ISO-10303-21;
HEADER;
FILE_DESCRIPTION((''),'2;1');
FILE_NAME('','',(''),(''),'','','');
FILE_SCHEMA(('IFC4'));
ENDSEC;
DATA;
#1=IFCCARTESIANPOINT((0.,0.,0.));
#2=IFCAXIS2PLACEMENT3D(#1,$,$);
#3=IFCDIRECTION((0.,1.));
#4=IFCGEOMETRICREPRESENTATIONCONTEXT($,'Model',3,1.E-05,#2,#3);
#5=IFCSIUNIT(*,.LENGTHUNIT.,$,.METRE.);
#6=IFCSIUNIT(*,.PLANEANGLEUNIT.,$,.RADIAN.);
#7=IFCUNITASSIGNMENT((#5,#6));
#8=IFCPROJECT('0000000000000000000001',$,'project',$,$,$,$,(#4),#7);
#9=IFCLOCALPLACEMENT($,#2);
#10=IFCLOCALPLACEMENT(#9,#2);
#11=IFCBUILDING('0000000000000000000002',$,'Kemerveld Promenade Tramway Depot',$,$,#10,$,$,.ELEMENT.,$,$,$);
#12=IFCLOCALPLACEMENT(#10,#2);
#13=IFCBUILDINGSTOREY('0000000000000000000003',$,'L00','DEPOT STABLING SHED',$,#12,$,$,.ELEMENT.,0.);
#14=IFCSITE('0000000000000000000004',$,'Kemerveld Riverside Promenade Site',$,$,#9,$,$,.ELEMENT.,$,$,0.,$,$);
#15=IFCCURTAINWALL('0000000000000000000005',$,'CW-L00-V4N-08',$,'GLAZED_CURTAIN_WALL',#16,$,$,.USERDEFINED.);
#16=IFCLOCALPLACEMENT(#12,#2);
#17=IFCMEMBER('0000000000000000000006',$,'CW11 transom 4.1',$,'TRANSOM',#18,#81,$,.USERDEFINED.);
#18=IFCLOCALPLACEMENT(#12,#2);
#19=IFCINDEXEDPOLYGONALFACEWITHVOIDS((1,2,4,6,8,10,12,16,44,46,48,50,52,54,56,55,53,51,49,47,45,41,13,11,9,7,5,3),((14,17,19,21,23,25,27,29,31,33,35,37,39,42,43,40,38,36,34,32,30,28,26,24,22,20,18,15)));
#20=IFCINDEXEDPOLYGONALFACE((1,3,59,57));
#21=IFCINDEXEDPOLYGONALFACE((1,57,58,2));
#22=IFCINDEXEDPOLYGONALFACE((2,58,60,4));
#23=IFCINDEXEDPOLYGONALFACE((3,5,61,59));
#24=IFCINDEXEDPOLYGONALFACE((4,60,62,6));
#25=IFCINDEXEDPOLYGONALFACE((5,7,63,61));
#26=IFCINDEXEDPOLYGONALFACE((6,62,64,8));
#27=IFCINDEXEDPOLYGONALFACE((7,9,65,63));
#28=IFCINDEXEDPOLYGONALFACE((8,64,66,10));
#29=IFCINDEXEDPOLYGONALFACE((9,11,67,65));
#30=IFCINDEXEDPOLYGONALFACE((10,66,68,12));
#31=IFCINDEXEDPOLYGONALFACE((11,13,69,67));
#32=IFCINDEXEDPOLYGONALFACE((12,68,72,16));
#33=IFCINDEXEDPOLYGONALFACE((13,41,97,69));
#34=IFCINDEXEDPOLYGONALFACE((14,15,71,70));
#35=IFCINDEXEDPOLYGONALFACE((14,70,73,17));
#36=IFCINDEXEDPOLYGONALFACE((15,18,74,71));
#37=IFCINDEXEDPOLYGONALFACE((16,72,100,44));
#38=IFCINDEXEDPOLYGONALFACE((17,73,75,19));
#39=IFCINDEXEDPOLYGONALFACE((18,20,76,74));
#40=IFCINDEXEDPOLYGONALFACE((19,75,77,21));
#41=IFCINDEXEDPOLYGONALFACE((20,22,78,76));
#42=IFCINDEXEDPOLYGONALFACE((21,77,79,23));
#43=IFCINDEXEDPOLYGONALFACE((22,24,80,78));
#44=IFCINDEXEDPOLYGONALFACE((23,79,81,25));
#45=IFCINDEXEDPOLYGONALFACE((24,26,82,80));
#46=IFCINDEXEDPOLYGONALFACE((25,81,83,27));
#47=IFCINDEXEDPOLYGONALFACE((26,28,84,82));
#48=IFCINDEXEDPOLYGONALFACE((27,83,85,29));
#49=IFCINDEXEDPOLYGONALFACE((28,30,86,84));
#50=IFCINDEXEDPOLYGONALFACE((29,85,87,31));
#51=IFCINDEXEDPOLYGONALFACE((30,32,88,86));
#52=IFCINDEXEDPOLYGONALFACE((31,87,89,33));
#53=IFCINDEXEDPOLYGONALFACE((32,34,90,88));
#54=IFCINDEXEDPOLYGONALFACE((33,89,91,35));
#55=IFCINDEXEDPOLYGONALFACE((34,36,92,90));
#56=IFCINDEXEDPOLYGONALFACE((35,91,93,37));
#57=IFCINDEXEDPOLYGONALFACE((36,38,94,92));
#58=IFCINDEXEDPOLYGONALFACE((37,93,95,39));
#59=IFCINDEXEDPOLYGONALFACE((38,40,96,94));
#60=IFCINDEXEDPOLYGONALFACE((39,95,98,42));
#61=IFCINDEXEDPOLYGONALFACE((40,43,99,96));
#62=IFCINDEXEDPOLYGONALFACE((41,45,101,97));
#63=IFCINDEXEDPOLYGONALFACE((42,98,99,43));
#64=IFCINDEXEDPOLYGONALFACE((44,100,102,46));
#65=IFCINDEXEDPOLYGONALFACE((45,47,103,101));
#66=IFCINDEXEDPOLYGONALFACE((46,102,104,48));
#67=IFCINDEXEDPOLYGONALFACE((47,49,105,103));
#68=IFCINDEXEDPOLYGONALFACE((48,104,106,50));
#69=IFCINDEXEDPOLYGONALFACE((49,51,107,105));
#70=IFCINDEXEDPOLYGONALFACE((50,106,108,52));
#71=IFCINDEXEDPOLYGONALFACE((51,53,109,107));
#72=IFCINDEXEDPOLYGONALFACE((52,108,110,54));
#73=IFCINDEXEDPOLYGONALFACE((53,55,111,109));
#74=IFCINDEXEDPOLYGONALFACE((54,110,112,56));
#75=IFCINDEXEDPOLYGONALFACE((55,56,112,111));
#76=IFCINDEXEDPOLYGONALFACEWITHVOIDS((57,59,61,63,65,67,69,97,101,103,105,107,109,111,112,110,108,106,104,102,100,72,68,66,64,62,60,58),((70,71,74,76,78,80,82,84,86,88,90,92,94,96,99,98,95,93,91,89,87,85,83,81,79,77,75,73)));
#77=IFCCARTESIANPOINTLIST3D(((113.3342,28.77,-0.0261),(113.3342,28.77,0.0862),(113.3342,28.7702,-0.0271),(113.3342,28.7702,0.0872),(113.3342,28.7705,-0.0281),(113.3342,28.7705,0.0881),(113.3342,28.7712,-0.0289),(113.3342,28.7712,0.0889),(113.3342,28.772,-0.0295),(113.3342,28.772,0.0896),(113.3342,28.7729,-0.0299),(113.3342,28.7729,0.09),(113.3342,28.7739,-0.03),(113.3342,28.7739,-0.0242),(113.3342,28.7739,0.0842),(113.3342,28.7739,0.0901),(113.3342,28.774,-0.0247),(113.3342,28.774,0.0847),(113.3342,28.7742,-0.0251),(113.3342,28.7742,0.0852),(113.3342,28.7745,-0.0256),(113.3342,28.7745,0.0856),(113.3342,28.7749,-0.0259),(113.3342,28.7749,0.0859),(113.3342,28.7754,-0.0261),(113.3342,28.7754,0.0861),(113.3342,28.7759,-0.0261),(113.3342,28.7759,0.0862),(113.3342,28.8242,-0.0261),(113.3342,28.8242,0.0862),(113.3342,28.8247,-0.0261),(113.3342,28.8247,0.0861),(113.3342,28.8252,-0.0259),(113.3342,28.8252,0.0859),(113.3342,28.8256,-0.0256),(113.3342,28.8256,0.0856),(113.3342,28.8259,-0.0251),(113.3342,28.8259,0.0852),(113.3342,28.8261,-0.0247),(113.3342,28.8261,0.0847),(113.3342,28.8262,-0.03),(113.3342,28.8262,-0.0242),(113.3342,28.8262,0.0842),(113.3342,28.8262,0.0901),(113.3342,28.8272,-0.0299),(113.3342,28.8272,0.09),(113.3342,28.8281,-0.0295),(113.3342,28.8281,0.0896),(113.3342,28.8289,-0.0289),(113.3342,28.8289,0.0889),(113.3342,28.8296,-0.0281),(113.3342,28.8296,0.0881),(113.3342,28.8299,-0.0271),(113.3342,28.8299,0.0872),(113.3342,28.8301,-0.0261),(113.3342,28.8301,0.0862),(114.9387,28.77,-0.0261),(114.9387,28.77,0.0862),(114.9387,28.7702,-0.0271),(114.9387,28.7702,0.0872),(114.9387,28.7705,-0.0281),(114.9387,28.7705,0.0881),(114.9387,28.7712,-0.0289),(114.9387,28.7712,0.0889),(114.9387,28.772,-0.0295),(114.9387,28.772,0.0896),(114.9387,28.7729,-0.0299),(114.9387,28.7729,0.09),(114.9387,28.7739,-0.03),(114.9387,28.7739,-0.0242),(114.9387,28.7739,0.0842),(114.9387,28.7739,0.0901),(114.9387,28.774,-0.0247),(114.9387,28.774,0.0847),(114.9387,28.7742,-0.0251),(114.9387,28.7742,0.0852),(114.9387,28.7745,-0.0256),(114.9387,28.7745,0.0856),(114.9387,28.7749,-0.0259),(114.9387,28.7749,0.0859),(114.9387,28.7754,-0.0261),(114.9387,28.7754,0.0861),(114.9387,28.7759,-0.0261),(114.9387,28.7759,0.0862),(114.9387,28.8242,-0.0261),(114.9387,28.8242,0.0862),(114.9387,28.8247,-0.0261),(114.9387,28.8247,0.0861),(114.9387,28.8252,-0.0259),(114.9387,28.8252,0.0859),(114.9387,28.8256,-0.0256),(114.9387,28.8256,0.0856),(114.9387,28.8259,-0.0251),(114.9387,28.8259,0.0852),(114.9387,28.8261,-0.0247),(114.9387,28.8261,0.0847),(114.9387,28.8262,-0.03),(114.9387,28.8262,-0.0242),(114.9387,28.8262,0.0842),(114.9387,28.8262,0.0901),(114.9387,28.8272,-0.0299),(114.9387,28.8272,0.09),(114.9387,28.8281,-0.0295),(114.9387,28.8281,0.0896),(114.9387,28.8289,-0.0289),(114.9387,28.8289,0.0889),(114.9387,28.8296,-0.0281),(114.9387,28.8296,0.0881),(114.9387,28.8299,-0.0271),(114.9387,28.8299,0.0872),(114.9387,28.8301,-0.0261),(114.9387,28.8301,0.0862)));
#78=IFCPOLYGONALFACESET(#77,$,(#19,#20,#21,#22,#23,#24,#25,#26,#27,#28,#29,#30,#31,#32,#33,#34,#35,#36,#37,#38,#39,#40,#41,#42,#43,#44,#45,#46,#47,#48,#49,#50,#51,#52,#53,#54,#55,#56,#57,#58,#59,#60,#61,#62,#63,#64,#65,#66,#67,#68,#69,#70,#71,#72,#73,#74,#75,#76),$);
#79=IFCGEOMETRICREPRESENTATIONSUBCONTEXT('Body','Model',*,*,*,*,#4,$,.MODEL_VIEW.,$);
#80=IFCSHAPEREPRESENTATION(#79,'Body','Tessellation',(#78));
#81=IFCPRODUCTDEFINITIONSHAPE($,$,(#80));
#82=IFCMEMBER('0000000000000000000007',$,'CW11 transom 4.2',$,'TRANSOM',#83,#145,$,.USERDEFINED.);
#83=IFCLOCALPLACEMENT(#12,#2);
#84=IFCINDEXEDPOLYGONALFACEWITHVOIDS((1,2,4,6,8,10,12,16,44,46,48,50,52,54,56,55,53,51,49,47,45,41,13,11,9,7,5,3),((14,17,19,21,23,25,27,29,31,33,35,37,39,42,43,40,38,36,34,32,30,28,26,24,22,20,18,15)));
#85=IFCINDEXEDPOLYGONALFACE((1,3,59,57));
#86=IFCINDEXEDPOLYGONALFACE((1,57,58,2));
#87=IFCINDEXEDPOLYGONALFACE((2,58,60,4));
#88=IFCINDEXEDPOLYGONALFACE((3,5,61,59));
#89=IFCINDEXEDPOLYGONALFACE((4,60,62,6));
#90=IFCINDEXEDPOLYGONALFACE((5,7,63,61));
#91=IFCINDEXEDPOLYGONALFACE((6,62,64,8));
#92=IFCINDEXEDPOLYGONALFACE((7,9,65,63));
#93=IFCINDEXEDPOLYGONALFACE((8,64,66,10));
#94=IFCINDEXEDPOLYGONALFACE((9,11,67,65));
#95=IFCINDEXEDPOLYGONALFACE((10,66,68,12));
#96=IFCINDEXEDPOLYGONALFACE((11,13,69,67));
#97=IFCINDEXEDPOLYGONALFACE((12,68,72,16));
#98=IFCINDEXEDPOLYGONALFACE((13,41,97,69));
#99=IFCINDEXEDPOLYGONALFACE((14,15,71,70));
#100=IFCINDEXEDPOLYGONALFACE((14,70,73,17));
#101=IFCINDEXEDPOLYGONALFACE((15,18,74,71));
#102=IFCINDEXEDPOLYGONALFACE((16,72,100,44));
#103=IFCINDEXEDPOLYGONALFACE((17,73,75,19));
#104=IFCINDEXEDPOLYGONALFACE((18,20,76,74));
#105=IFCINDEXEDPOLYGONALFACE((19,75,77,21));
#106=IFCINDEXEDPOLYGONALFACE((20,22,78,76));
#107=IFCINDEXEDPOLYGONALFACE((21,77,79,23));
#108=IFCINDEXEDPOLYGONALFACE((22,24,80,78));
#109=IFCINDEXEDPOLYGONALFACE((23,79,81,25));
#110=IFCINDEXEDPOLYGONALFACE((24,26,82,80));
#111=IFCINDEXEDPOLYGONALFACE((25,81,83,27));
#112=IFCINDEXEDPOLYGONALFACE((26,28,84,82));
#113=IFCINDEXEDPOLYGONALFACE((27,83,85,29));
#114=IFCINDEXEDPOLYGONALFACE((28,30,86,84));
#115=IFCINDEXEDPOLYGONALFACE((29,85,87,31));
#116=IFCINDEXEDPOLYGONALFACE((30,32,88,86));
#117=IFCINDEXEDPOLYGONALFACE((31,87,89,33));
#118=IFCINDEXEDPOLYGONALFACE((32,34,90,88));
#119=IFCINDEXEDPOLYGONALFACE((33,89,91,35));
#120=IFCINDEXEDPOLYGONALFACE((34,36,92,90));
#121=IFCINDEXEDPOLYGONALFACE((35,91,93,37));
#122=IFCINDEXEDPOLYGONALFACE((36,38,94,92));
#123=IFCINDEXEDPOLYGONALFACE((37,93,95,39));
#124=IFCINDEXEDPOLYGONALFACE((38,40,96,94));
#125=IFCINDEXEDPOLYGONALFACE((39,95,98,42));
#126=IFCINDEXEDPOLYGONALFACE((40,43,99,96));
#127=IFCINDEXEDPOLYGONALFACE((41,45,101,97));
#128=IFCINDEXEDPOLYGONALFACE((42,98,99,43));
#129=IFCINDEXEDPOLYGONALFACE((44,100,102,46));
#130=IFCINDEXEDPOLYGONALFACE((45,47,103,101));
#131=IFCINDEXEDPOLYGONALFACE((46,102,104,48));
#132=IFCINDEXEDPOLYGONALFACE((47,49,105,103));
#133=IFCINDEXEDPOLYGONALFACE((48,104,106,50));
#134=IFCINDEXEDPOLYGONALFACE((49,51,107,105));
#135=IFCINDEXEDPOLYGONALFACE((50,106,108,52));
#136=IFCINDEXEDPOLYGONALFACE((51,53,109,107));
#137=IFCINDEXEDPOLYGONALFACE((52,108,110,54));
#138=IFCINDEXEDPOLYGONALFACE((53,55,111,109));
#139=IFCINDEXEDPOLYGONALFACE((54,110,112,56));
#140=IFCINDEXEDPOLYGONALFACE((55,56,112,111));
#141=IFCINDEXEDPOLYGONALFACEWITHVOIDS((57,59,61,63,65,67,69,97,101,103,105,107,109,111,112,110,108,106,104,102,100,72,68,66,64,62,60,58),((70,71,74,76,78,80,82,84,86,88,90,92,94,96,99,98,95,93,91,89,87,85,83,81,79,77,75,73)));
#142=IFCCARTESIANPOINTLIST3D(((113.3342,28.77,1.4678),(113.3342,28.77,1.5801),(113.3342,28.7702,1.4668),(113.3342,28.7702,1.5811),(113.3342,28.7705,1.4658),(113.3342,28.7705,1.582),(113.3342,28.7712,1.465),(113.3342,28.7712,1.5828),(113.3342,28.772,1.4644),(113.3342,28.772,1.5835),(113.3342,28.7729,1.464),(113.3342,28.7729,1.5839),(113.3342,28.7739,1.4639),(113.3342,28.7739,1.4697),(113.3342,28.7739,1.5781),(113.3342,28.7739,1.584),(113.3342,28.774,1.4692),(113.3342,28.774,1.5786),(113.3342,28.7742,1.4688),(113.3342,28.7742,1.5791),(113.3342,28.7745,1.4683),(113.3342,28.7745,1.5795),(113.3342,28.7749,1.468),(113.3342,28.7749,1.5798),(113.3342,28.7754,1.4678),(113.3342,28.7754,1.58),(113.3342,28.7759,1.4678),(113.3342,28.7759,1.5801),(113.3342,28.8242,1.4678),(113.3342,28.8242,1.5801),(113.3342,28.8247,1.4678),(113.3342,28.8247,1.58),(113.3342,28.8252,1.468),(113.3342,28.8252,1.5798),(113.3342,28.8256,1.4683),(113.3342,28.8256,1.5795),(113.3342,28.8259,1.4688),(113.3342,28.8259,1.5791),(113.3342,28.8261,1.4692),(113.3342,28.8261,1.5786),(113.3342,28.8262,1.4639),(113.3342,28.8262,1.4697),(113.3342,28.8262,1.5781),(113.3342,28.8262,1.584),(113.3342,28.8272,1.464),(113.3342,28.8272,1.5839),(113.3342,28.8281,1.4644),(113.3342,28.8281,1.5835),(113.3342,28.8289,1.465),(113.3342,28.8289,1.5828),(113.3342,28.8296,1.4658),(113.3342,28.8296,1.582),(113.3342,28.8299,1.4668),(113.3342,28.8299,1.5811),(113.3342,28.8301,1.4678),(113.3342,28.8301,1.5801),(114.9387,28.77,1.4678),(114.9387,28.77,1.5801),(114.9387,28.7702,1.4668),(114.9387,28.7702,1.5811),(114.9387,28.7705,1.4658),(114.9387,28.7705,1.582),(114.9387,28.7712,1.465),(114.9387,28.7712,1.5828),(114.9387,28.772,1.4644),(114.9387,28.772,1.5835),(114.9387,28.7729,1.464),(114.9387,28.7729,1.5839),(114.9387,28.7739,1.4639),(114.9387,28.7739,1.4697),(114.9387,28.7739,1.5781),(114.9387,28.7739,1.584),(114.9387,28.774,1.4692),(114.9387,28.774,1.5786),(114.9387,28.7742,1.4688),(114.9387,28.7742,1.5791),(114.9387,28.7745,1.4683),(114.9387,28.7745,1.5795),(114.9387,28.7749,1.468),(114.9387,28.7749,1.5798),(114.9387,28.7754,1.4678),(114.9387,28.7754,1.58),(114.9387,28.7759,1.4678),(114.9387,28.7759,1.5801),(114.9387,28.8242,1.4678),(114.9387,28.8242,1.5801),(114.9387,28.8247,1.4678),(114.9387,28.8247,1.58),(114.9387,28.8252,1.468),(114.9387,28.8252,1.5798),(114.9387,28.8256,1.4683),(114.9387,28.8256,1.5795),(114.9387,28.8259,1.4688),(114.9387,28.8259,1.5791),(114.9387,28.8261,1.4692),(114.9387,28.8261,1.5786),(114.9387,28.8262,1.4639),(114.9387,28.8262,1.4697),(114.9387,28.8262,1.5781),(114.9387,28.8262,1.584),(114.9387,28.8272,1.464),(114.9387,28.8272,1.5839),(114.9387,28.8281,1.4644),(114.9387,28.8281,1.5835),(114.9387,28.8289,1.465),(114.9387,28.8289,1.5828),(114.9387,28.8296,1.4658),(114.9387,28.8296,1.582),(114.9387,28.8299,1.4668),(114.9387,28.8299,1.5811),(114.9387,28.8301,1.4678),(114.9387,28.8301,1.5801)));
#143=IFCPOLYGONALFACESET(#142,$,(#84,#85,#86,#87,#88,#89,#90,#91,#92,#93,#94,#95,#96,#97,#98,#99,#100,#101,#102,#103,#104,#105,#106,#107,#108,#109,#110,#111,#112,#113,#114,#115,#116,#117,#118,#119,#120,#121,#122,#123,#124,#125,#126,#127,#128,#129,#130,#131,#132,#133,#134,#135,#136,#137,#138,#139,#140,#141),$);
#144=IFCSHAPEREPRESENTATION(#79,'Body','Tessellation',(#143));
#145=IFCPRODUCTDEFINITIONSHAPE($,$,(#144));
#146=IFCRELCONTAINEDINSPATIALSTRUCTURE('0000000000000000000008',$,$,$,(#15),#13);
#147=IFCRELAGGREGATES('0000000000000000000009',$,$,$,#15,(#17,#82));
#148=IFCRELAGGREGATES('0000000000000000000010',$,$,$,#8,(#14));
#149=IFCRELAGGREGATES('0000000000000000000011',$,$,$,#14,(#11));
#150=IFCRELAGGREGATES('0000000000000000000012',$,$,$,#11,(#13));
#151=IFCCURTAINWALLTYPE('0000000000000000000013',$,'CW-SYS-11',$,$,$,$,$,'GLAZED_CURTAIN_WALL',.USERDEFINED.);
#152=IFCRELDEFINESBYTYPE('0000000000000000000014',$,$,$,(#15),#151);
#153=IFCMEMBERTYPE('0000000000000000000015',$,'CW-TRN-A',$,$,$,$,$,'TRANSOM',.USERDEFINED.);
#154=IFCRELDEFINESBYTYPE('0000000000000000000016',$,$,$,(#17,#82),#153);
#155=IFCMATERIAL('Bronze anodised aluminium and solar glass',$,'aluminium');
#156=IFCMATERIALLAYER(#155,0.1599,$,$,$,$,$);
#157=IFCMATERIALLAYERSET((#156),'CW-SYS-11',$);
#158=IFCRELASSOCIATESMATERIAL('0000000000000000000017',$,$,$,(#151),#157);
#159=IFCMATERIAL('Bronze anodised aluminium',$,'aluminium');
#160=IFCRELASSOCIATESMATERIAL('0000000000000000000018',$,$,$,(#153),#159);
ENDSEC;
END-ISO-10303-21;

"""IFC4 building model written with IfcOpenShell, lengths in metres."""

from ifc_helpers import new_model, si_unit, direction, frame, origin, origin_2d, place, context, subcontext, project, spatial, hollow_rectangle, extrude, material, layer, layer_set, material_profile, profile_set, type_object, element, aggregate, save


model = new_model("IFC4")

# Units and contexts
model_context = context("Model", 3, precision=1e-05, world=origin(), true_north=direction((0.0, 1.0)))
body_context = subcontext(model_context, "Body", "Model", "MODEL_VIEW")
ifc_project = project(units=[si_unit("LENGTHUNIT", "METRE"), si_unit("PLANEANGLEUNIT", "RADIAN")], contexts=[model_context])

# Site, building, storey
site_placement = place(None, origin())
site = spatial("IfcSite", under=ifc_project, at=site_placement, Name="Kemerveld Riverside Promenade Site", CompositionType="ELEMENT", RefElevation=0.0)
building_placement = place(site_placement, origin())
building = spatial("IfcBuilding", under=site, at=building_placement, Name="Kemerveld Promenade Tramway Depot", CompositionType="ELEMENT")
storey_placement = place(building_placement, origin())
storey = spatial("IfcBuildingStorey", under=building, at=storey_placement, Name="L00", Description="DEPOT STABLING SHED", CompositionType="ELEMENT", Elevation=0.0)

# Curtain wall, members
ifc_material_1 = material(Name="Bronze anodised aluminium and solar glass", Category="aluminium")
ifc_layer_1 = layer(ifc_material_1, 0.1599)
ifc_layer_set_1 = layer_set([ifc_layer_1], Name="CW-SYS-11")
curtain_wall_type = type_object("IfcCurtainWallType", Name="CW-SYS-11", ElementType="GLAZED_CURTAIN_WALL", PredefinedType="USERDEFINED", material=ifc_layer_set_1)
curtain_wall_placement = place(storey_placement, origin())
curtain_wall = element("IfcCurtainWall", 1, at=curtain_wall_placement, inside=storey, type_object=curtain_wall_type, Name="CW-L00-V4N-08", ObjectType="GLAZED_CURTAIN_WALL", PredefinedType="USERDEFINED")
ifc_material_2 = material(Name="Bronze anodised aluminium", Category="aluminium")
ifc_material_profile_1 = material_profile(ifc_material_2, hollow_rectangle(XDim=0.0601, YDim=0.1201, WallThickness=0.0039, InnerFilletRadius=0.002, OuterFilletRadius=0.0039, at=origin_2d()), Name="CW-TRN-120x60")
ifc_profile_set_1 = profile_set([ifc_material_profile_1], Name="Bronze anodised aluminium")
member_type_1 = type_object("IfcMemberType", Name="CW-TRN-A", ElementType="TRANSOM", PredefinedType="USERDEFINED", material=ifc_profile_set_1)
member_1_placement = place(storey_placement, frame((113.3342, 28.8, 0.03), z_axis=(1.0, 0.0, 0.0), x_axis=(0.0, 1.0, 0.0)))
member_1 = element("IfcMember", 2, at=member_1_placement, type_object=member_type_1, Name="CW11 transom 4.1", ObjectType="TRANSOM", PredefinedType="USERDEFINED", context=body_context, shape_type="SweptSolid", body=[
    extrude(hollow_rectangle(XDim=0.0601, YDim=0.1201, WallThickness=0.0039, InnerFilletRadius=0.002, OuterFilletRadius=0.0039, at=origin_2d()), origin(), (0.0, 0.0, 1.0), 1.6045),
])
member_2_placement = place(storey_placement, frame((113.3342, 28.8, 1.5239), z_axis=(1.0, 0.0, 0.0), x_axis=(0.0, 1.0, 0.0)))
member_2 = element("IfcMember", 3, at=member_2_placement, type_object=member_type_1, Name="CW11 transom 4.2", ObjectType="TRANSOM", PredefinedType="USERDEFINED", context=body_context, shape_type="SweptSolid", body=[
    extrude(hollow_rectangle(XDim=0.0601, YDim=0.1201, WallThickness=0.0039, InnerFilletRadius=0.002, OuterFilletRadius=0.0039, at=origin_2d()), origin(), (0.0, 0.0, 1.0), 1.6045),
])
aggregate(curtain_wall, [member_1, member_2])

save(model, "model.ifc")
